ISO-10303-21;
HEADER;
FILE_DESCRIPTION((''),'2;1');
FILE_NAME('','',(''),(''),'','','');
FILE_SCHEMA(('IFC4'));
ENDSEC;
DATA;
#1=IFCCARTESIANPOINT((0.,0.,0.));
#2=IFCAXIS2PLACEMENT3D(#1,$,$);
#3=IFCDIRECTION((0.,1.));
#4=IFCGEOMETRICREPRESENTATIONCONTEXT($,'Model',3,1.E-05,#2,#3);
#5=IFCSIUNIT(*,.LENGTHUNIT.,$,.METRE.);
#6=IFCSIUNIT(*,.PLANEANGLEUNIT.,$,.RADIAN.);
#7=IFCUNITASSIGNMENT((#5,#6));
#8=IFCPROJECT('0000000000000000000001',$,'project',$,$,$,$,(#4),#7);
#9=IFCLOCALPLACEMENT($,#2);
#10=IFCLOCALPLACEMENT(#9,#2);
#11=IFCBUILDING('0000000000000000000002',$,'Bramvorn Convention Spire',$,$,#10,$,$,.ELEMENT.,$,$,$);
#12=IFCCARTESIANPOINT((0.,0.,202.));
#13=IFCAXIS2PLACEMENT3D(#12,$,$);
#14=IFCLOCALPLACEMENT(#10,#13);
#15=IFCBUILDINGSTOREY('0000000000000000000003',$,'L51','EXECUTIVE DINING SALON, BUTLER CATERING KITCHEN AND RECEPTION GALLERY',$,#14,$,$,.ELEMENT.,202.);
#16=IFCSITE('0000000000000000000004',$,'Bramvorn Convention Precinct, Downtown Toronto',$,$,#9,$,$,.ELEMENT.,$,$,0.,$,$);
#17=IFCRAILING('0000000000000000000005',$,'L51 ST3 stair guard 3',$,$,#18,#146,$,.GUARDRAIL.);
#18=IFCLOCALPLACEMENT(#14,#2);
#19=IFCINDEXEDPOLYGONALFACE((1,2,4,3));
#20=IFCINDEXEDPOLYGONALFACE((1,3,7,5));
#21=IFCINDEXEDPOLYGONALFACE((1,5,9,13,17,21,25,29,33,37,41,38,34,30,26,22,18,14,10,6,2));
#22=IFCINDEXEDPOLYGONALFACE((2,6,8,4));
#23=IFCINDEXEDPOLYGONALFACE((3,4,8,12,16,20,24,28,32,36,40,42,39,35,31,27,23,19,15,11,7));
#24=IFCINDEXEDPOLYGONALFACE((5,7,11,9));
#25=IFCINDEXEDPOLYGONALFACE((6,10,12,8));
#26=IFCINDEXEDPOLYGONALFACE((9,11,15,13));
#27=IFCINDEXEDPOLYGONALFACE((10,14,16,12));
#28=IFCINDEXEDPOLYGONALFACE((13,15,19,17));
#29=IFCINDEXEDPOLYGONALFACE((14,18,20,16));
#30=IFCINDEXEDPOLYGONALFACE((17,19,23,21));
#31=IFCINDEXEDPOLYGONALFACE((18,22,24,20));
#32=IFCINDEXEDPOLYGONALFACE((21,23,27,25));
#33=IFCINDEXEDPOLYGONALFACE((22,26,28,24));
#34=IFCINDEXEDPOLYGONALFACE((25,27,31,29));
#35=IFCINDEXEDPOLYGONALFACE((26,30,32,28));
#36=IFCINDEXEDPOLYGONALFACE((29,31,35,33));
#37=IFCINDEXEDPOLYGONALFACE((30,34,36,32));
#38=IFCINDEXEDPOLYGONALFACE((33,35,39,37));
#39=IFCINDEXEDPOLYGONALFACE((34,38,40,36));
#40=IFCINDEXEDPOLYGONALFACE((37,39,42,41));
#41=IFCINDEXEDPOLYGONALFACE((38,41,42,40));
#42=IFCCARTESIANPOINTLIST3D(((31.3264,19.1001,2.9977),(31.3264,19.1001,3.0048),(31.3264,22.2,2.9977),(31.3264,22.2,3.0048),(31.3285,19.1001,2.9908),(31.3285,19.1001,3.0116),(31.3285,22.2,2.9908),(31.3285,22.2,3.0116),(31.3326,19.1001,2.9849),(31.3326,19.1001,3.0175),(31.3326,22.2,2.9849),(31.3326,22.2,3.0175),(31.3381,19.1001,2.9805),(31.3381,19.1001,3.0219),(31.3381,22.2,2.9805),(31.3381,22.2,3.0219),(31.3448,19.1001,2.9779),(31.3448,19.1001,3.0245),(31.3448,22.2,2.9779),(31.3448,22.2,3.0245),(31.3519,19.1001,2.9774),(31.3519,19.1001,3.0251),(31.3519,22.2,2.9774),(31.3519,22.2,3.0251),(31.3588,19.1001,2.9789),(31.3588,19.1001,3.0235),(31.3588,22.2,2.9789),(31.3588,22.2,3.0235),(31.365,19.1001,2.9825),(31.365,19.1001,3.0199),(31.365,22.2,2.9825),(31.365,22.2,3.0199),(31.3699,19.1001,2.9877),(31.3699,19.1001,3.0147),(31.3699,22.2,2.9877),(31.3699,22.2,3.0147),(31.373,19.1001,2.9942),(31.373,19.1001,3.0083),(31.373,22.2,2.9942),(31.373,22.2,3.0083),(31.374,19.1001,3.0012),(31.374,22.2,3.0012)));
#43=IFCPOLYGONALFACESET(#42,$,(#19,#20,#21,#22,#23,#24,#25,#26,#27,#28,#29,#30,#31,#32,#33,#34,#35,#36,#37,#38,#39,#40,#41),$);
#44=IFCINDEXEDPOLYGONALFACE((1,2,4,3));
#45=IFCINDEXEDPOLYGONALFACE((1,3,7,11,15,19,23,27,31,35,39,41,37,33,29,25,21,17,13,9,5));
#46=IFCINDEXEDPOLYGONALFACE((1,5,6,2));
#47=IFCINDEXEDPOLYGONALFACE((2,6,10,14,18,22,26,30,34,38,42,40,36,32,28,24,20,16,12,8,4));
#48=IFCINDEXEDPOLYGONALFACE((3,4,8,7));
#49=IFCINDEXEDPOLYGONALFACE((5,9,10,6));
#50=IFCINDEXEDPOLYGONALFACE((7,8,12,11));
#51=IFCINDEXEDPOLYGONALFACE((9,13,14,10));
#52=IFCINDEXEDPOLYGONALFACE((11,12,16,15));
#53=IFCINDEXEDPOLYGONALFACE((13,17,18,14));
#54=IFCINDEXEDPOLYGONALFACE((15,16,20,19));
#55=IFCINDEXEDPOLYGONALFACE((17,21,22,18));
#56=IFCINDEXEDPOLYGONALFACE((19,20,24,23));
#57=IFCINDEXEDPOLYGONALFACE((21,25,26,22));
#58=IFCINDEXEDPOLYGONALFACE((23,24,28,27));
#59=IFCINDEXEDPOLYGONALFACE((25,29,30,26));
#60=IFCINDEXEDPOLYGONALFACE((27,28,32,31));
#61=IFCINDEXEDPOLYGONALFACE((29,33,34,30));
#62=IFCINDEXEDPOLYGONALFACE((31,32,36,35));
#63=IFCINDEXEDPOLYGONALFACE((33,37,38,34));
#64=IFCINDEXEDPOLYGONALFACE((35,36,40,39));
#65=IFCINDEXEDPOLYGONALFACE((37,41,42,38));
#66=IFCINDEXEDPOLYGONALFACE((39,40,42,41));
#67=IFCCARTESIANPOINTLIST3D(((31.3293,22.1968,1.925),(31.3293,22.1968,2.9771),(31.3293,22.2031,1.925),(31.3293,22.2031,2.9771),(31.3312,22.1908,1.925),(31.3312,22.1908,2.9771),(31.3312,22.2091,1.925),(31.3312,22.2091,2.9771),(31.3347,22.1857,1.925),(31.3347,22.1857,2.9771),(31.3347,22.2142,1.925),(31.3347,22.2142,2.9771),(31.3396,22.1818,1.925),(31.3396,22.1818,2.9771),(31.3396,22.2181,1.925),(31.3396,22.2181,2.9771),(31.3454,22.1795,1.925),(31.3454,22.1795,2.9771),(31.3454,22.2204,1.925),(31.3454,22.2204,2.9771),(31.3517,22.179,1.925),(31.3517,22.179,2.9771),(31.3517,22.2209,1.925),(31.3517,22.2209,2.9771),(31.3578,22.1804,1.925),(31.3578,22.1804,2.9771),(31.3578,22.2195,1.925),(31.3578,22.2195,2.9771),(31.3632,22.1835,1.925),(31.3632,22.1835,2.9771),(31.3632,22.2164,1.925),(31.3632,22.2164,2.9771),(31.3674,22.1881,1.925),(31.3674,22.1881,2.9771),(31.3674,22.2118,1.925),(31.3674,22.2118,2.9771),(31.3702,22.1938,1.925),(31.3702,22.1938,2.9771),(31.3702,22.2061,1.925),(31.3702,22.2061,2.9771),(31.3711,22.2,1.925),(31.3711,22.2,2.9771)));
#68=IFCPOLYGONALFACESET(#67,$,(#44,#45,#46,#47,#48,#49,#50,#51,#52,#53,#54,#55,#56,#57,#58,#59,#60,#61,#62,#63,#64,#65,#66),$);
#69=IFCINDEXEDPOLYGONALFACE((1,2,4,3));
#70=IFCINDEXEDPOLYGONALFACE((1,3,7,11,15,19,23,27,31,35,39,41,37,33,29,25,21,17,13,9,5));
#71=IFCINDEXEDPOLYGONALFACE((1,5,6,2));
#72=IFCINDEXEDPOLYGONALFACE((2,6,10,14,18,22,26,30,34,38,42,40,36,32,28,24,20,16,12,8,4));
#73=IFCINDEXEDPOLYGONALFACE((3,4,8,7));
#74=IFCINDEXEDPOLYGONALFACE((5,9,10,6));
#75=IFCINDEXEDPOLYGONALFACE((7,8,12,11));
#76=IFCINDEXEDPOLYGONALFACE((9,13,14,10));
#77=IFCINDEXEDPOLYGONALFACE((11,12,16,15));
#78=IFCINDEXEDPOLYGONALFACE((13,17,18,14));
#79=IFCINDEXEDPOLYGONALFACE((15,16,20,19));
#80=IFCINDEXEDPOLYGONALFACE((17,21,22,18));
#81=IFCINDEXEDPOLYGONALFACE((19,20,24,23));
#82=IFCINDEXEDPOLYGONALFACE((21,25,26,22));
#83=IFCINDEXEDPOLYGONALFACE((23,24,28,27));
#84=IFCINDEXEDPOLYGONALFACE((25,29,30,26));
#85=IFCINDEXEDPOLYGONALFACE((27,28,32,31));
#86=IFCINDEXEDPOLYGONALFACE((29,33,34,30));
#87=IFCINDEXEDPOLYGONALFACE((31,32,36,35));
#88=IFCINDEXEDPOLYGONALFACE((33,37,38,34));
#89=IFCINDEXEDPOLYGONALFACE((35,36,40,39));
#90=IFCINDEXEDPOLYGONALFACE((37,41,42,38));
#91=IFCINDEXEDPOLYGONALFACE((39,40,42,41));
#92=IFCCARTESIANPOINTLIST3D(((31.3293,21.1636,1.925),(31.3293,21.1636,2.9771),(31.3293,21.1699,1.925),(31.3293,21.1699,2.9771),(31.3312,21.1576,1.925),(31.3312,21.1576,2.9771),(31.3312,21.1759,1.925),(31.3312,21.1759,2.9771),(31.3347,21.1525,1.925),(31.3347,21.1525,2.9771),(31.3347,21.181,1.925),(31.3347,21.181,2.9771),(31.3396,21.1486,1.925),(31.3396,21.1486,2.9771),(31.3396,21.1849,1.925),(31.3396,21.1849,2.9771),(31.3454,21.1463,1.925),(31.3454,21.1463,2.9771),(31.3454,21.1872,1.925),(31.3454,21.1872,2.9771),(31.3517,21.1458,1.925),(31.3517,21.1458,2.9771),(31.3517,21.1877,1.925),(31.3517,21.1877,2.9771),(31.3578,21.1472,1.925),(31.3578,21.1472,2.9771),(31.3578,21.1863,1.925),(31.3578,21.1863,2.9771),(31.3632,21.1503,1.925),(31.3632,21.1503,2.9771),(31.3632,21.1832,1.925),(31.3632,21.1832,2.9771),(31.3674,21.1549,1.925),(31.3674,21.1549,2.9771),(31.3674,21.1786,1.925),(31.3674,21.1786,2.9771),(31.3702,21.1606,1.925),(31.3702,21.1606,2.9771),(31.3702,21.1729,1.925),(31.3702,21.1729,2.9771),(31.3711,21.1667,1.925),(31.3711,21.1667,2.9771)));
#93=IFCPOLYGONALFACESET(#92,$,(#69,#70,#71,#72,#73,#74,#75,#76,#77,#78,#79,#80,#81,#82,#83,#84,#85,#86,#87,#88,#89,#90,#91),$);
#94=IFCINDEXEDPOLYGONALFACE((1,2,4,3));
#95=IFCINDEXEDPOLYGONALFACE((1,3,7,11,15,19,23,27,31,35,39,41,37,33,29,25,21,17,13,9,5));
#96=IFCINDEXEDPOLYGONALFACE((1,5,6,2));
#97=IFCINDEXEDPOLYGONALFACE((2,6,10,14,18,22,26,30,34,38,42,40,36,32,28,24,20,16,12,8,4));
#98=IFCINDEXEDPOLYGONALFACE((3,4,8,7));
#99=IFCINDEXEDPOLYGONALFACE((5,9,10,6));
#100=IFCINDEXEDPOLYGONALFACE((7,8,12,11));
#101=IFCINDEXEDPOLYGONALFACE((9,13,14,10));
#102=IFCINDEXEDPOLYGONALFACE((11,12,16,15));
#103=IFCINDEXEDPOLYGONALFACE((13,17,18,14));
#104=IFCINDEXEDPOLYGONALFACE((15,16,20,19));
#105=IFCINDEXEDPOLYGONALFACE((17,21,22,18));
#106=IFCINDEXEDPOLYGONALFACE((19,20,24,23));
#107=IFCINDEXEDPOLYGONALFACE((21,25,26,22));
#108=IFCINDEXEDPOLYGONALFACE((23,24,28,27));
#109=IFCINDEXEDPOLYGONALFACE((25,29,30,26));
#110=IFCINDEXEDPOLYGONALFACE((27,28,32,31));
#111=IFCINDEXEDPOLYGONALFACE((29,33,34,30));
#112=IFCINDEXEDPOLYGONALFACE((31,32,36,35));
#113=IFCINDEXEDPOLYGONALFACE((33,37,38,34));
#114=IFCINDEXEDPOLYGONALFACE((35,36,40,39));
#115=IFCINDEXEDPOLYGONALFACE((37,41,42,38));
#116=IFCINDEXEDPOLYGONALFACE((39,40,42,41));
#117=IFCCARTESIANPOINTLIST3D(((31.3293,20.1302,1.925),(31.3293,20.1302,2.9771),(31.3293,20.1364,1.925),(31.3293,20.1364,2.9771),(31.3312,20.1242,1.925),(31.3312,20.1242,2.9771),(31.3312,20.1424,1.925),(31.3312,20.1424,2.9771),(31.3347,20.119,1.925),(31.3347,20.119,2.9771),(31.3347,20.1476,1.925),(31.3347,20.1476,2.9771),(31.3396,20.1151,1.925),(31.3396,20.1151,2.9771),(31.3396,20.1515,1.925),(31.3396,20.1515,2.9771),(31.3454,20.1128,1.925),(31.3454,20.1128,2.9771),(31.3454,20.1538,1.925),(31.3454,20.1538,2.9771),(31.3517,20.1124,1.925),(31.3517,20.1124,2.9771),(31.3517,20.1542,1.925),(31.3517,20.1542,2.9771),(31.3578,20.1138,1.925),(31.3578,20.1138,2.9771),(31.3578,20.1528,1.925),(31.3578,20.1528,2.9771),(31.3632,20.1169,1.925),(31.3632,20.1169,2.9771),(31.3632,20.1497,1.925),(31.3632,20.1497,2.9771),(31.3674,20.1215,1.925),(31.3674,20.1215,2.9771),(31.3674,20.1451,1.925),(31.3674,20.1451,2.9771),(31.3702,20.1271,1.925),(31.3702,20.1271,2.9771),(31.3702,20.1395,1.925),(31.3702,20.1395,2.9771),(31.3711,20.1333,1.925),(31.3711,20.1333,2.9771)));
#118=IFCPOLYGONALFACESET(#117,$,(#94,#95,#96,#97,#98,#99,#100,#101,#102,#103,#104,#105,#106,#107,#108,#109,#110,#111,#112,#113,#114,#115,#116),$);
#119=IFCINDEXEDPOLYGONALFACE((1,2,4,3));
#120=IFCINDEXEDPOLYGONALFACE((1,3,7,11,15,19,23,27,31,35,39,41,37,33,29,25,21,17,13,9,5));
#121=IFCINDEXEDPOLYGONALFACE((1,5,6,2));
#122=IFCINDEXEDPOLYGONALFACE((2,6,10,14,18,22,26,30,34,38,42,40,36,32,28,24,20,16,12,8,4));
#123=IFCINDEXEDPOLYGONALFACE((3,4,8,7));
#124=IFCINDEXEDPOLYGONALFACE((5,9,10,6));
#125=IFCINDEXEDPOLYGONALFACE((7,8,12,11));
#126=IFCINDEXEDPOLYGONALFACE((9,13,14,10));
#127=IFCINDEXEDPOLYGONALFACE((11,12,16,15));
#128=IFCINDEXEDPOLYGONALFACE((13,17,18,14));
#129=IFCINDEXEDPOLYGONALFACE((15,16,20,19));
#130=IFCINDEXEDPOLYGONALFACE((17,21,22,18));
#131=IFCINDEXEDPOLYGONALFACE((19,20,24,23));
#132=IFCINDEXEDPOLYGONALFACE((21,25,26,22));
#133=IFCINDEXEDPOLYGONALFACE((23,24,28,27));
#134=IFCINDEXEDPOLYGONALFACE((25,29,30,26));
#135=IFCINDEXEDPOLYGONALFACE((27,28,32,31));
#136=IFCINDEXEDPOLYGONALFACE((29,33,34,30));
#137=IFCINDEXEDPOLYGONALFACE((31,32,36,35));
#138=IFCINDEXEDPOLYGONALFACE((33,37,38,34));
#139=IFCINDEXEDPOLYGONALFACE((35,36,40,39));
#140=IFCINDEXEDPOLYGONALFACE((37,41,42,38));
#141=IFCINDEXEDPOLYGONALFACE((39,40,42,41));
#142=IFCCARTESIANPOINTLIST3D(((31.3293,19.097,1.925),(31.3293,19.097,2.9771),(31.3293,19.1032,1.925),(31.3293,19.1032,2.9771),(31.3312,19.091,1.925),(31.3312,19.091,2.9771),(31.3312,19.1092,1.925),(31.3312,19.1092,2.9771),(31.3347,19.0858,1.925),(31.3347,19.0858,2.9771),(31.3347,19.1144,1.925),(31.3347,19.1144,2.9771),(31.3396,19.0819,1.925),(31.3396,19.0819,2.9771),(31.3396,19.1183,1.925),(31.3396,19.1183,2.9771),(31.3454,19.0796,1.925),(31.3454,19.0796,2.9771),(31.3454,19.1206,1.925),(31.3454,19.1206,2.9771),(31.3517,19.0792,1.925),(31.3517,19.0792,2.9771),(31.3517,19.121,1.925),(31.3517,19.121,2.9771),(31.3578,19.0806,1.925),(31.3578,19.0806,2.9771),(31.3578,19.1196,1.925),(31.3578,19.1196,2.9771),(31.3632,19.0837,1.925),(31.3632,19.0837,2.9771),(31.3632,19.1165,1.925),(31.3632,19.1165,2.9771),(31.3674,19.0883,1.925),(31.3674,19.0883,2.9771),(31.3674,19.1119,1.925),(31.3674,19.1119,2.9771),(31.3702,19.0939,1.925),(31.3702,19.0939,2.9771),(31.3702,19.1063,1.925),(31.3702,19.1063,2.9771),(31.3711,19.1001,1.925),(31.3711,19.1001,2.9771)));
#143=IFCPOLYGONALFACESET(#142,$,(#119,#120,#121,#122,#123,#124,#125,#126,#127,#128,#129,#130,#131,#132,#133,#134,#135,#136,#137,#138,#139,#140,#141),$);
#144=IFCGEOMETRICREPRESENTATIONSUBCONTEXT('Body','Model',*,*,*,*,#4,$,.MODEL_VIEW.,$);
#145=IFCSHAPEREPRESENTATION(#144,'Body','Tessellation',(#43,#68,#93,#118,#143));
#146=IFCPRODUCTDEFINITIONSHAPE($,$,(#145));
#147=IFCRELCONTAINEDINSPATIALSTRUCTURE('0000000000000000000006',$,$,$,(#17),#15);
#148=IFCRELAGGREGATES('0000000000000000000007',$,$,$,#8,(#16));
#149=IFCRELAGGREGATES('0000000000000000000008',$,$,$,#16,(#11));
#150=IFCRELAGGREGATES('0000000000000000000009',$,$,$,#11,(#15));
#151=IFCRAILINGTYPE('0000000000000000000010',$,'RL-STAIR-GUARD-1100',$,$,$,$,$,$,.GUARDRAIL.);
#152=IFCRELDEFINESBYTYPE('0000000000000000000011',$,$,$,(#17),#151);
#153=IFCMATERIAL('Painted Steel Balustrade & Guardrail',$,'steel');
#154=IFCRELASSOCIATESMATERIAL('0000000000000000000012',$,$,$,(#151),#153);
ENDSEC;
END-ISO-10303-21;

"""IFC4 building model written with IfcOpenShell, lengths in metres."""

from ifc_helpers import new_model, si_unit, direction, frame, origin, origin_2d, place, context, subcontext, project, spatial, circle, extrude, material, type_object, element, save


model = new_model("IFC4")

# Units and contexts
model_context = context("Model", 3, precision=1e-05, world=origin(), true_north=direction((0.0, 1.0)))
body_context = subcontext(model_context, "Body", "Model", "MODEL_VIEW")
ifc_project = project(units=[si_unit("LENGTHUNIT", "METRE"), si_unit("PLANEANGLEUNIT", "RADIAN")], contexts=[model_context])

# Site, building, storey
site_placement = place(None, origin())
site = spatial("IfcSite", under=ifc_project, at=site_placement, Name="Bramvorn Convention Precinct, Downtown Toronto", CompositionType="ELEMENT", RefElevation=0.0)
building_placement = place(site_placement, origin())
building = spatial("IfcBuilding", under=site, at=building_placement, Name="Bramvorn Convention Spire", CompositionType="ELEMENT")
storey_placement = place(building_placement, frame((0.0, 0.0, 202.0)))
storey = spatial("IfcBuildingStorey", under=building, at=storey_placement, Name="L51", Description="EXECUTIVE DINING SALON, BUTLER CATERING KITCHEN AND RECEPTION GALLERY", CompositionType="ELEMENT", Elevation=202.0)

# Railing
ifc_material_1 = material(Name="Painted Steel Balustrade & Guardrail", Category="steel")
railing_type_1 = type_object("IfcRailingType", Name="RL-STAIR-GUARD-1100", PredefinedType="GUARDRAIL", material=ifc_material_1)
railing_1_placement = place(storey_placement, frame((31.3501, 22.2, 1.925)))
element("IfcRailing", 1, at=railing_1_placement, inside=storey, type_object=railing_type_1, Name="L51 ST3 stair guard 3", PredefinedType="GUARDRAIL", context=body_context, shape_type="SweptSolid", body=[
    extrude(circle(Radius=0.0239, at=origin_2d()), frame((0.0, 0.0, 1.0762), z_axis=(0.0, -1.0, 0.0), x_axis=(1.0, 0.0, 0.0)), (0.0, 0.0, 1.0), 3.0999),
    extrude(circle(Radius=0.021, at=origin_2d()), origin(), (0.0, 0.0, 1.0), 1.052),
    extrude(circle(Radius=0.021, at=origin_2d()), frame((0.0, -1.0332, 0.0)), (0.0, 0.0, 1.0), 1.052),
    extrude(circle(Radius=0.021, at=origin_2d()), frame((0.0, -2.0667, 0.0)), (0.0, 0.0, 1.0), 1.052),
    extrude(circle(Radius=0.021, at=origin_2d()), frame((0.0, -3.0999, 0.0)), (0.0, 0.0, 1.0), 1.052),
])

save(model, "model.ifc")
